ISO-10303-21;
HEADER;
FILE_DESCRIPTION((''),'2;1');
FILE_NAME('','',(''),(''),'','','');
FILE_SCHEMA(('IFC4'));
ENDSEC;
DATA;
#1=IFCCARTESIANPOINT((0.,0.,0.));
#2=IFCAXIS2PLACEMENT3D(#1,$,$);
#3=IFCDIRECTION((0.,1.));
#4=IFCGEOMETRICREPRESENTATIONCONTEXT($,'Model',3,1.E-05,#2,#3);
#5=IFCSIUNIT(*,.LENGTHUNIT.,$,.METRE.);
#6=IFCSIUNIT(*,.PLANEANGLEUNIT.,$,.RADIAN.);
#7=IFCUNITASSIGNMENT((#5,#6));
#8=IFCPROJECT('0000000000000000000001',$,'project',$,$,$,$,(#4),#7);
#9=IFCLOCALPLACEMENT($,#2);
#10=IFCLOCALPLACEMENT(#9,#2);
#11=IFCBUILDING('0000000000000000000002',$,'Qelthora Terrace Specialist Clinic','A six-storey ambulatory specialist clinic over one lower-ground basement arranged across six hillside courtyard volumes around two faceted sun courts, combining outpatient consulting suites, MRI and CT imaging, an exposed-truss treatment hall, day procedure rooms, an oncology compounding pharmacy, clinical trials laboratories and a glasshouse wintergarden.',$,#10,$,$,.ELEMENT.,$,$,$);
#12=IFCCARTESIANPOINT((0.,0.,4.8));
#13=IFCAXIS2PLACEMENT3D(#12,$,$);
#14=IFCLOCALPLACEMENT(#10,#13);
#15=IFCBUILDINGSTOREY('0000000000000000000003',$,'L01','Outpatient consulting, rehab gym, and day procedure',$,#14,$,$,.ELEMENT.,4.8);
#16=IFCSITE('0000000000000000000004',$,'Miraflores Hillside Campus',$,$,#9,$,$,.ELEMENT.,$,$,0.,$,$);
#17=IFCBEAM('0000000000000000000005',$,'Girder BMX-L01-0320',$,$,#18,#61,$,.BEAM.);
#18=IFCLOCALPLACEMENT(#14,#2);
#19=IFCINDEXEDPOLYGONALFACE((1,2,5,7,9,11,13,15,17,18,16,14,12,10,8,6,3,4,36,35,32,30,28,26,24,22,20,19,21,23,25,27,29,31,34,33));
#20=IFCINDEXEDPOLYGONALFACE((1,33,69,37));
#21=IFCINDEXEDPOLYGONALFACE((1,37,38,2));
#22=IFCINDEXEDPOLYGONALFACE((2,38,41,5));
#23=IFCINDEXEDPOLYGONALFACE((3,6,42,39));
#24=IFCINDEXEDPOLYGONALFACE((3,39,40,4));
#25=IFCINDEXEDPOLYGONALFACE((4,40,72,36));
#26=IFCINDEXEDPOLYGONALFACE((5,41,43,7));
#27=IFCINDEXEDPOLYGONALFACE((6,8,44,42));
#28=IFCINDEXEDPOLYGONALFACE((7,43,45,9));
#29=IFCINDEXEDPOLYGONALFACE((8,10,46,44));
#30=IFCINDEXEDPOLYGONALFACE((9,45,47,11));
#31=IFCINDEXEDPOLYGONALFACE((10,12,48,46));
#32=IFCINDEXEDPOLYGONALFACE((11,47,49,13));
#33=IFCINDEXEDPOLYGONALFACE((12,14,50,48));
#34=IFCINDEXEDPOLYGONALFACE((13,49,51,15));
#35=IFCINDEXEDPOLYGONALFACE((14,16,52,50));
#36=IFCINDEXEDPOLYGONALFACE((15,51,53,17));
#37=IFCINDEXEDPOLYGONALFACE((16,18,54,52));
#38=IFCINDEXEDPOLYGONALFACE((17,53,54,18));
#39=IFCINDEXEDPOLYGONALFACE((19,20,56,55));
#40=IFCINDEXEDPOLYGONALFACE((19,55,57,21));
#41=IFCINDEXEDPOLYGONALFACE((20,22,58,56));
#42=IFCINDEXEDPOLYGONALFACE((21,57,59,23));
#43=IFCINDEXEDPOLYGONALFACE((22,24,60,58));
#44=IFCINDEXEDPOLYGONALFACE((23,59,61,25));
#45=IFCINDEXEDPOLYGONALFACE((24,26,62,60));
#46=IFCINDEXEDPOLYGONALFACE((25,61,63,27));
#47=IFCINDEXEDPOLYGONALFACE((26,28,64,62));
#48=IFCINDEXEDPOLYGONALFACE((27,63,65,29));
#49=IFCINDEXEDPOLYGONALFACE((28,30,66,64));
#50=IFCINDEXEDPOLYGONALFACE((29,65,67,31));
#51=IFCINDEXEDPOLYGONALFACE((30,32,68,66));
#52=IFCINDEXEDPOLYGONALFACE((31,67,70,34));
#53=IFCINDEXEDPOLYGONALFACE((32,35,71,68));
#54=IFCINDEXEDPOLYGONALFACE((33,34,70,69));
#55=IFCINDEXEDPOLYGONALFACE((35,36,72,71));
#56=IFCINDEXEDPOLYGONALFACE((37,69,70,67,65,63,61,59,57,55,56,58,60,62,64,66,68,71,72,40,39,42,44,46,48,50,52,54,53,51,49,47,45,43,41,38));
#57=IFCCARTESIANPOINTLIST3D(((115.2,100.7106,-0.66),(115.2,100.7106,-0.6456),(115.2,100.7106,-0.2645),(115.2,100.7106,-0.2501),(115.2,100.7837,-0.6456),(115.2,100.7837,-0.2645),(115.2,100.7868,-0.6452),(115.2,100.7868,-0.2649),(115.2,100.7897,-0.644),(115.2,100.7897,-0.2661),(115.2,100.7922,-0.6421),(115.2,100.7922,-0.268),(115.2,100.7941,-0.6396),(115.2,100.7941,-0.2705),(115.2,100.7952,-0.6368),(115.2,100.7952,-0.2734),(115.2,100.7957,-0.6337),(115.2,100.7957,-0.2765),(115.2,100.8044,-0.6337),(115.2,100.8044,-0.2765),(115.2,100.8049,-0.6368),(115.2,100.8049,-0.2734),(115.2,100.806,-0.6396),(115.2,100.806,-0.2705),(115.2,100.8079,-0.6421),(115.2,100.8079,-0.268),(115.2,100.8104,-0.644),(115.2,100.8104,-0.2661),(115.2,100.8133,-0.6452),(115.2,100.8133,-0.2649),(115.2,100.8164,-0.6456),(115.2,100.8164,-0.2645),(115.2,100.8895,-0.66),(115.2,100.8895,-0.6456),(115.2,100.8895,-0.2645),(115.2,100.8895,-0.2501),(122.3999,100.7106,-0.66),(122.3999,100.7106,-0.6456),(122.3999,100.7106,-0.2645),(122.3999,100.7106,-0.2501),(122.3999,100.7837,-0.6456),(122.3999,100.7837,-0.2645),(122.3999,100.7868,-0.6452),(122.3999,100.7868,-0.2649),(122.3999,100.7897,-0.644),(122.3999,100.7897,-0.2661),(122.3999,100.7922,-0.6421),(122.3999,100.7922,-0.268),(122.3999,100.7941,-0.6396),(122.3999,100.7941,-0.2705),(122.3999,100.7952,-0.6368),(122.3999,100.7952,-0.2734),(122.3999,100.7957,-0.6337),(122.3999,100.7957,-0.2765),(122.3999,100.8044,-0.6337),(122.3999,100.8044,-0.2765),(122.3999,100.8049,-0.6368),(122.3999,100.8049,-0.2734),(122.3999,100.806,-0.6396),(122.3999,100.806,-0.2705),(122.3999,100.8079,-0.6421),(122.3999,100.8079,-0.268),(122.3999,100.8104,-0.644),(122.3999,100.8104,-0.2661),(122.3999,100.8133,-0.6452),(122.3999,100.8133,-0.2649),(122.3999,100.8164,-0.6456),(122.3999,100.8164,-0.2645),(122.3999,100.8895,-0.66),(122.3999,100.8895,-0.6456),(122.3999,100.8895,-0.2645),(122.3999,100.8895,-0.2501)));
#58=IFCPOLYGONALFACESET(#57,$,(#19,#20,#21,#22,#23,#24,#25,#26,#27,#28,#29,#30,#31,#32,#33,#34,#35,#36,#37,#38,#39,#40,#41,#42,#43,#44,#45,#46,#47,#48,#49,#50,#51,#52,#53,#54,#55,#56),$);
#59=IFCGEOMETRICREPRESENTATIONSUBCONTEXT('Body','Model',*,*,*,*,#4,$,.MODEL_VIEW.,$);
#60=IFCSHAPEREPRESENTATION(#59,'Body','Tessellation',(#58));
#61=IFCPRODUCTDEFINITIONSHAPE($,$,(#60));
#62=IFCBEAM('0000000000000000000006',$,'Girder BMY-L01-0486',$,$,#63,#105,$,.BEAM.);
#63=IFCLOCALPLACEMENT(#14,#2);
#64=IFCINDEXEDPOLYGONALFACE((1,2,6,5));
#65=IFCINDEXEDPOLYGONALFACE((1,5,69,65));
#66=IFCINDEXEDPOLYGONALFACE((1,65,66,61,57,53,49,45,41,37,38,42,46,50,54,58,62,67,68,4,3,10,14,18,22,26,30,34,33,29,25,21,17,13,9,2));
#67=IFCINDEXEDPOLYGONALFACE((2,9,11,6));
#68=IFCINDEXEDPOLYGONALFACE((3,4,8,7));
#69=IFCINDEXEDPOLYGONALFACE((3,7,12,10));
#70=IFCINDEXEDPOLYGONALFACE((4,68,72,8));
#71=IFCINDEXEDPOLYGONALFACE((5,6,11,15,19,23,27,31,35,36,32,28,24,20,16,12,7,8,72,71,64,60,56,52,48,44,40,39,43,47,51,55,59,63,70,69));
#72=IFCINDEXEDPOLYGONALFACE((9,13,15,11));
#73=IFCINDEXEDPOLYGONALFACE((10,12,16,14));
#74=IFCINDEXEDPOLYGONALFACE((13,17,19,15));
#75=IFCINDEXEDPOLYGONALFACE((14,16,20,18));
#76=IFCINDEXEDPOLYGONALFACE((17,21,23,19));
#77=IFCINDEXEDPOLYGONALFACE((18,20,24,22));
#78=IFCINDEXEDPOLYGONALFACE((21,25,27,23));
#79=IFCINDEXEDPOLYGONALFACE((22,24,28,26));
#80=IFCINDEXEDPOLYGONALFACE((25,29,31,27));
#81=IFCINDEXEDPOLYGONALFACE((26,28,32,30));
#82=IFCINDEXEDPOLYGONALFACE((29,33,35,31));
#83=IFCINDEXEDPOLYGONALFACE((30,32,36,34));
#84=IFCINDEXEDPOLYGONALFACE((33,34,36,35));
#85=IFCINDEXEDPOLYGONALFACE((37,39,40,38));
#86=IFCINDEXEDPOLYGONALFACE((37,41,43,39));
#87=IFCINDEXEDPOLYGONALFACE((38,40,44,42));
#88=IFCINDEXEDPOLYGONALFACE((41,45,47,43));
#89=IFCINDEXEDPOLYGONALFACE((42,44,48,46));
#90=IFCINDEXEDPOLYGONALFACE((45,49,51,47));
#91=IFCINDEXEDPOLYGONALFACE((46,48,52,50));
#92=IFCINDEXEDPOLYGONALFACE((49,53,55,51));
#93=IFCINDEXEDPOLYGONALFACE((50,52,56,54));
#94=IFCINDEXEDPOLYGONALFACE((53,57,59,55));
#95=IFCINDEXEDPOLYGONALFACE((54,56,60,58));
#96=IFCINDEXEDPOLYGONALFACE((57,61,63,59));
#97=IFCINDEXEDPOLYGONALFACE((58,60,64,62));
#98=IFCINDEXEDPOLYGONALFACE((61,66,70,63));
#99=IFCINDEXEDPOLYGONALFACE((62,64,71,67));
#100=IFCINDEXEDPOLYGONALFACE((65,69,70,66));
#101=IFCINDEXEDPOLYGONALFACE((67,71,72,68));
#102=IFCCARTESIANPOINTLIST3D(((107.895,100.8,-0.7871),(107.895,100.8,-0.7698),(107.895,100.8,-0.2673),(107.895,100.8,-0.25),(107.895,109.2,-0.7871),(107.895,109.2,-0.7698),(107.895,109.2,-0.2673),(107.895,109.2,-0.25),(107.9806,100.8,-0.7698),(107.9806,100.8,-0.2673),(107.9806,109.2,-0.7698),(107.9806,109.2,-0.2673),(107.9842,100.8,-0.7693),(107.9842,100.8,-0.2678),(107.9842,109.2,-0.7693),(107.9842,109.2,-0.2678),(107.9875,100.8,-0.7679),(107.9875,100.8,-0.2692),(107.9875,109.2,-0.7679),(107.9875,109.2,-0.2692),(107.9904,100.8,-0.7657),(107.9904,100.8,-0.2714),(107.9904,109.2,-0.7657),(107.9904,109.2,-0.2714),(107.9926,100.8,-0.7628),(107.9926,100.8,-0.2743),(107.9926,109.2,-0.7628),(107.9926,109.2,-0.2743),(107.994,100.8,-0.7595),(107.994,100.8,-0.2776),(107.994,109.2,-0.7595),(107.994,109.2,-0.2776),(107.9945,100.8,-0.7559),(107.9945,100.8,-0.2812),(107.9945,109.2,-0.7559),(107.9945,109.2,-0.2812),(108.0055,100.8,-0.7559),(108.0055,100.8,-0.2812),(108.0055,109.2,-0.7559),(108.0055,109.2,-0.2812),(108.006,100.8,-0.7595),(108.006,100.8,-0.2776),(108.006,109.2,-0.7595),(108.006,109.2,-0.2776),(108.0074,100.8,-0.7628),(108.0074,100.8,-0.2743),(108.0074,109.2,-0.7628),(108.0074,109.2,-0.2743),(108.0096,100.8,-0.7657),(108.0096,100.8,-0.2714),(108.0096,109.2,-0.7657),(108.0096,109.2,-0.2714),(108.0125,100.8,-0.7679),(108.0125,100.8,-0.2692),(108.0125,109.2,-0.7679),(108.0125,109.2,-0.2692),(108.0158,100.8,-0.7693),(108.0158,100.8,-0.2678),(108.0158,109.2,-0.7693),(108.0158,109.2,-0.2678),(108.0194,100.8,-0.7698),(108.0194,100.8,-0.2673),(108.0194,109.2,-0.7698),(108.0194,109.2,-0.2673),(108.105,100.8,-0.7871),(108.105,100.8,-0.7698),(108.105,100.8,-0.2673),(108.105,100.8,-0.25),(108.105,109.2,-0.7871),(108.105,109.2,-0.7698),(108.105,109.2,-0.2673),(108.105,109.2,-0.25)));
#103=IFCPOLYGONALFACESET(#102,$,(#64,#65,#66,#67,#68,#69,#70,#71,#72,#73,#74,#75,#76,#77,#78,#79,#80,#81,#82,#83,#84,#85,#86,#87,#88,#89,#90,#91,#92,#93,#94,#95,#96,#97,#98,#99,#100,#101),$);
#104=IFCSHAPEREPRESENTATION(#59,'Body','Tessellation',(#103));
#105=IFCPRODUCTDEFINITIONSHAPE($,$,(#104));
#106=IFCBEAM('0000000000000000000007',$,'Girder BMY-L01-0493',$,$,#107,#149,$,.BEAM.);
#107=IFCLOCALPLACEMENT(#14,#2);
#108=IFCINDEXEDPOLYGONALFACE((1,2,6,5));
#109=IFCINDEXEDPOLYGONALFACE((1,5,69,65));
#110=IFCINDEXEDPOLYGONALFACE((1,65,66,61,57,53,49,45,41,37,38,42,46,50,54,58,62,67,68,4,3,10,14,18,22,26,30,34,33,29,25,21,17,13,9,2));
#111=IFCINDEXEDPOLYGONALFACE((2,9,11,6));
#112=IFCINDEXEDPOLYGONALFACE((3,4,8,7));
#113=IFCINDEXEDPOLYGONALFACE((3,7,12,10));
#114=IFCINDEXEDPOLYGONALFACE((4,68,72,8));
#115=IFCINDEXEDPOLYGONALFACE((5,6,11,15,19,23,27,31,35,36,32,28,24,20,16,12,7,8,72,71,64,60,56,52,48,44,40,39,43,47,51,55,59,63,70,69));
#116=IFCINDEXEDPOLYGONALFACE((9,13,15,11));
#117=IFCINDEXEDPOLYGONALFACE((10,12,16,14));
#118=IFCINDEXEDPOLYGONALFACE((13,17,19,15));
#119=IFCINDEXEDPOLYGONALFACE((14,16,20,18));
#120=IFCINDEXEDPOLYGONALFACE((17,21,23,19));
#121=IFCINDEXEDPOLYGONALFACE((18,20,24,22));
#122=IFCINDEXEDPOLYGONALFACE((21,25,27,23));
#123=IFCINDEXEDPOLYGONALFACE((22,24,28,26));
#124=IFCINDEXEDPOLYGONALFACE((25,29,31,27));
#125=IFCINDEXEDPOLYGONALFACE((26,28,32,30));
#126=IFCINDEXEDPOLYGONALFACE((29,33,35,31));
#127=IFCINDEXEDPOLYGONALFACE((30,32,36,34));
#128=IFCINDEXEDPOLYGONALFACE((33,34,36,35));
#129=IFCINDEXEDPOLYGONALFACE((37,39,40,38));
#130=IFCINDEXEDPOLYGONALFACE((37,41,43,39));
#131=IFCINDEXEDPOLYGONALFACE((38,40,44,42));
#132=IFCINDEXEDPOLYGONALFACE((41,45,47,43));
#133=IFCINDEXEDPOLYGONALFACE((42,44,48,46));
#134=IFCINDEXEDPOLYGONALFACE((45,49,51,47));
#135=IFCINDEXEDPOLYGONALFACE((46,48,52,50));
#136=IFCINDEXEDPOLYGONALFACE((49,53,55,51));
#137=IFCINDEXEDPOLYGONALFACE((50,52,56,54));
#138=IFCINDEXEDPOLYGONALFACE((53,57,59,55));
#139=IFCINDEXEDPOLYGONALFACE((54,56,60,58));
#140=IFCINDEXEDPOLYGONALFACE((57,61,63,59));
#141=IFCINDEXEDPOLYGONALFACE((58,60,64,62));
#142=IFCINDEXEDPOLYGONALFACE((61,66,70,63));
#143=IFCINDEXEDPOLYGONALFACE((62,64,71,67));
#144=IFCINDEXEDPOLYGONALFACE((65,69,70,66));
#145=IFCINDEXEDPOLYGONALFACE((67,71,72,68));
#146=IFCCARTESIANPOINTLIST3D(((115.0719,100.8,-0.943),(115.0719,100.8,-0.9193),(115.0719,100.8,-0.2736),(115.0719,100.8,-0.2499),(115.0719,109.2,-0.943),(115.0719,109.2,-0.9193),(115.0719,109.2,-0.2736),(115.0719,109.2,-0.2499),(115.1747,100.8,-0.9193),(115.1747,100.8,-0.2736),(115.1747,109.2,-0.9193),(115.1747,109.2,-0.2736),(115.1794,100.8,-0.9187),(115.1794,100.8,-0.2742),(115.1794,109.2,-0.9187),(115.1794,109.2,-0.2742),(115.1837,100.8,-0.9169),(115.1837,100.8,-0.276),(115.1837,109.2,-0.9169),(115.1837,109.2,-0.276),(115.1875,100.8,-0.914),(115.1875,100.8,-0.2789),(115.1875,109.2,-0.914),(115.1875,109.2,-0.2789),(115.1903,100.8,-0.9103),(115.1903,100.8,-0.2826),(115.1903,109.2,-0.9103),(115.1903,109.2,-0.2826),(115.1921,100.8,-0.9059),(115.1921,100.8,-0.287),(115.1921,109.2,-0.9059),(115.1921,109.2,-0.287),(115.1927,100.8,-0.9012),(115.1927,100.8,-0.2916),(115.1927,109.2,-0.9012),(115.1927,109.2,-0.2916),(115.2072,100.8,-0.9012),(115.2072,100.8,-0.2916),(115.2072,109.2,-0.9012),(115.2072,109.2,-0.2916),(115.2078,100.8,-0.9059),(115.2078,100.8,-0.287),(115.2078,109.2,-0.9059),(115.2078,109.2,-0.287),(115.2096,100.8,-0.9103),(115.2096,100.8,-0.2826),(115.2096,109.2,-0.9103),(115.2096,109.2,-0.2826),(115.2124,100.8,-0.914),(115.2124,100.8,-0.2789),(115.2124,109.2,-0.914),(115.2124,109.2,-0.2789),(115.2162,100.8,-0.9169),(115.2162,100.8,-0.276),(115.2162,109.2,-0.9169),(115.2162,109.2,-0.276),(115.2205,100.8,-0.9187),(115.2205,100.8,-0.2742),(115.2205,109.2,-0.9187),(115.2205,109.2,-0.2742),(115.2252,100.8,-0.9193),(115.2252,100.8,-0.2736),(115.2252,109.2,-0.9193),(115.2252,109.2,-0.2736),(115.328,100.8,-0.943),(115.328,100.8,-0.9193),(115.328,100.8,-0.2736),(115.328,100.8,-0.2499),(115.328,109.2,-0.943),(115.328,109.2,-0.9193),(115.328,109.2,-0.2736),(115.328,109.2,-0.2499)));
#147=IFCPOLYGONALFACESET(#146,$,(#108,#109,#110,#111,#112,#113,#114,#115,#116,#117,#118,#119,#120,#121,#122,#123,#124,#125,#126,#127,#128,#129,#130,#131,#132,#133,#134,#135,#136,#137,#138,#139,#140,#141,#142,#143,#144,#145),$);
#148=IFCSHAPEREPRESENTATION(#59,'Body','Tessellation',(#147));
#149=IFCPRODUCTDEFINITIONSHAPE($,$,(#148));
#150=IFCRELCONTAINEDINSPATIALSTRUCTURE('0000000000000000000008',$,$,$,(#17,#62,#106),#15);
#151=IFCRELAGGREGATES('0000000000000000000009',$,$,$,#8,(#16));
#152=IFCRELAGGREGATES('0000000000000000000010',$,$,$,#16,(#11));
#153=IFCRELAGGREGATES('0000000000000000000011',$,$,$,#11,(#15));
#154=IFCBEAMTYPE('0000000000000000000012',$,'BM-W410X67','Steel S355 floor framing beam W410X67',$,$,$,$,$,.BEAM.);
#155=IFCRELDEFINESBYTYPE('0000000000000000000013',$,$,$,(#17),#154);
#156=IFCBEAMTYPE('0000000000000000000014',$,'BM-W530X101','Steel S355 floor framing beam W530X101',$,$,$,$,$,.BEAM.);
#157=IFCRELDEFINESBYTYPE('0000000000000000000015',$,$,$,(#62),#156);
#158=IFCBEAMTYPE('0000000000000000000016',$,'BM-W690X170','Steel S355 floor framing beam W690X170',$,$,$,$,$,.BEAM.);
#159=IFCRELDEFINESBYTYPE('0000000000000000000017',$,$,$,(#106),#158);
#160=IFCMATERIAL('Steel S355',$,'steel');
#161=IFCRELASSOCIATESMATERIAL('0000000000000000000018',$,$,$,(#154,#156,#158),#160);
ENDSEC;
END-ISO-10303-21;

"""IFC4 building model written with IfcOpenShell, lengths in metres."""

from ifc_helpers import new_model, si_unit, direction, frame, origin, origin_2d, place, context, subcontext, project, spatial, i_section, extrude, material, material_profile, profile_set, type_object, element, save


model = new_model("IFC4")

# Units and contexts
model_context = context("Model", 3, precision=1e-05, world=origin(), true_north=direction((0.0, 1.0)))
body_context = subcontext(model_context, "Body", "Model", "MODEL_VIEW")
ifc_project = project(units=[si_unit("LENGTHUNIT", "METRE"), si_unit("PLANEANGLEUNIT", "RADIAN")], contexts=[model_context])

# Site, building, storey
site_placement = place(None, origin())
site = spatial("IfcSite", under=ifc_project, at=site_placement, Name="Miraflores Hillside Campus", CompositionType="ELEMENT", RefElevation=0.0)
building_placement = place(site_placement, origin())
building = spatial("IfcBuilding", under=site, at=building_placement, Name="Qelthora Terrace Specialist Clinic", Description="A six-storey ambulatory specialist clinic over one lower-ground basement arranged across six hillside courtyard volumes around two faceted sun courts, combining outpatient consulting suites, MRI and CT imaging, an exposed-truss treatment hall, day procedure rooms, an oncology compounding pharmacy, clinical trials laboratories and a glasshouse wintergarden.", CompositionType="ELEMENT")
storey_placement = place(building_placement, frame((0.0, 0.0, 4.8)))
storey = spatial("IfcBuildingStorey", under=building, at=storey_placement, Name="L01", Description="Outpatient consulting, rehab gym, and day procedure", CompositionType="ELEMENT", Elevation=4.8)

# Shared definitions
ifc_material_1 = material(Name="Steel S355", Category="steel")

# Beams
ifc_material_profile_1 = material_profile(ifc_material_1, i_section(OverallWidth=0.179, OverallDepth=0.4099, WebThickness=0.0088, FlangeThickness=0.0144, FilletRadius=0.012, at=origin_2d()), Name="W410X67")
ifc_profile_set_1 = profile_set([ifc_material_profile_1], Name="Steel S355")
beam_type_1 = type_object("IfcBeamType", Name="BM-W410X67", Description="Steel S355 floor framing beam W410X67", PredefinedType="BEAM", material=ifc_profile_set_1)
beam_1_placement = place(storey_placement, frame((115.2, 100.8, -0.4551), z_axis=(1.0, 0.0, 0.0), x_axis=(0.0, 1.0, 0.0)))
element("IfcBeam", 1, at=beam_1_placement, inside=storey, type_object=beam_type_1, Name="Girder BMX-L01-0320", PredefinedType="BEAM", context=body_context, shape_type="SweptSolid", body=[
    extrude(i_section(OverallWidth=0.179, OverallDepth=0.4099, WebThickness=0.0088, FlangeThickness=0.0144, FilletRadius=0.012, at=origin_2d()), origin(), (0.0, 0.0, 1.0), 7.2),
])
ifc_material_profile_2 = material_profile(ifc_material_1, i_section(OverallWidth=0.21, OverallDepth=0.5371, WebThickness=0.011, FlangeThickness=0.0173, FilletRadius=0.0139, at=origin_2d()), Name="W530X101")
ifc_profile_set_2 = profile_set([ifc_material_profile_2], Name="Steel S355")
beam_type_2 = type_object("IfcBeamType", Name="BM-W530X101", Description="Steel S355 floor framing beam W530X101", PredefinedType="BEAM", material=ifc_profile_set_2)
beam_2_placement = place(storey_placement, frame((108.0, 100.8, -0.5186), z_axis=(0.0, 1.0, 0.0), x_axis=(-1.0, 0.0, 0.0)))
element("IfcBeam", 2, at=beam_2_placement, inside=storey, type_object=beam_type_2, Name="Girder BMY-L01-0486", PredefinedType="BEAM", context=body_context, shape_type="SweptSolid", body=[
    extrude(i_section(OverallWidth=0.21, OverallDepth=0.5371, WebThickness=0.011, FlangeThickness=0.0173, FilletRadius=0.0139, at=origin_2d()), origin(), (0.0, 0.0, 1.0), 8.3999),
])
ifc_material_profile_3 = material_profile(ifc_material_1, i_section(OverallWidth=0.2561, OverallDepth=0.6931, WebThickness=0.0144, FlangeThickness=0.0237, FilletRadius=0.0181, at=origin_2d()), Name="W690X170")
ifc_profile_set_3 = profile_set([ifc_material_profile_3], Name="Steel S355")
beam_type_3 = type_object("IfcBeamType", Name="BM-W690X170", Description="Steel S355 floor framing beam W690X170", PredefinedType="BEAM", material=ifc_profile_set_3)
beam_3_placement = place(storey_placement, frame((115.2, 100.8, -0.5964), z_axis=(0.0, 1.0, 0.0), x_axis=(-1.0, 0.0, 0.0)))
element("IfcBeam", 3, at=beam_3_placement, inside=storey, type_object=beam_type_3, Name="Girder BMY-L01-0493", PredefinedType="BEAM", context=body_context, shape_type="SweptSolid", body=[
    extrude(i_section(OverallWidth=0.2561, OverallDepth=0.6931, WebThickness=0.0144, FlangeThickness=0.0237, FilletRadius=0.0181, at=origin_2d()), origin(), (0.0, 0.0, 1.0), 8.3999),
])

save(model, "model.ifc")
